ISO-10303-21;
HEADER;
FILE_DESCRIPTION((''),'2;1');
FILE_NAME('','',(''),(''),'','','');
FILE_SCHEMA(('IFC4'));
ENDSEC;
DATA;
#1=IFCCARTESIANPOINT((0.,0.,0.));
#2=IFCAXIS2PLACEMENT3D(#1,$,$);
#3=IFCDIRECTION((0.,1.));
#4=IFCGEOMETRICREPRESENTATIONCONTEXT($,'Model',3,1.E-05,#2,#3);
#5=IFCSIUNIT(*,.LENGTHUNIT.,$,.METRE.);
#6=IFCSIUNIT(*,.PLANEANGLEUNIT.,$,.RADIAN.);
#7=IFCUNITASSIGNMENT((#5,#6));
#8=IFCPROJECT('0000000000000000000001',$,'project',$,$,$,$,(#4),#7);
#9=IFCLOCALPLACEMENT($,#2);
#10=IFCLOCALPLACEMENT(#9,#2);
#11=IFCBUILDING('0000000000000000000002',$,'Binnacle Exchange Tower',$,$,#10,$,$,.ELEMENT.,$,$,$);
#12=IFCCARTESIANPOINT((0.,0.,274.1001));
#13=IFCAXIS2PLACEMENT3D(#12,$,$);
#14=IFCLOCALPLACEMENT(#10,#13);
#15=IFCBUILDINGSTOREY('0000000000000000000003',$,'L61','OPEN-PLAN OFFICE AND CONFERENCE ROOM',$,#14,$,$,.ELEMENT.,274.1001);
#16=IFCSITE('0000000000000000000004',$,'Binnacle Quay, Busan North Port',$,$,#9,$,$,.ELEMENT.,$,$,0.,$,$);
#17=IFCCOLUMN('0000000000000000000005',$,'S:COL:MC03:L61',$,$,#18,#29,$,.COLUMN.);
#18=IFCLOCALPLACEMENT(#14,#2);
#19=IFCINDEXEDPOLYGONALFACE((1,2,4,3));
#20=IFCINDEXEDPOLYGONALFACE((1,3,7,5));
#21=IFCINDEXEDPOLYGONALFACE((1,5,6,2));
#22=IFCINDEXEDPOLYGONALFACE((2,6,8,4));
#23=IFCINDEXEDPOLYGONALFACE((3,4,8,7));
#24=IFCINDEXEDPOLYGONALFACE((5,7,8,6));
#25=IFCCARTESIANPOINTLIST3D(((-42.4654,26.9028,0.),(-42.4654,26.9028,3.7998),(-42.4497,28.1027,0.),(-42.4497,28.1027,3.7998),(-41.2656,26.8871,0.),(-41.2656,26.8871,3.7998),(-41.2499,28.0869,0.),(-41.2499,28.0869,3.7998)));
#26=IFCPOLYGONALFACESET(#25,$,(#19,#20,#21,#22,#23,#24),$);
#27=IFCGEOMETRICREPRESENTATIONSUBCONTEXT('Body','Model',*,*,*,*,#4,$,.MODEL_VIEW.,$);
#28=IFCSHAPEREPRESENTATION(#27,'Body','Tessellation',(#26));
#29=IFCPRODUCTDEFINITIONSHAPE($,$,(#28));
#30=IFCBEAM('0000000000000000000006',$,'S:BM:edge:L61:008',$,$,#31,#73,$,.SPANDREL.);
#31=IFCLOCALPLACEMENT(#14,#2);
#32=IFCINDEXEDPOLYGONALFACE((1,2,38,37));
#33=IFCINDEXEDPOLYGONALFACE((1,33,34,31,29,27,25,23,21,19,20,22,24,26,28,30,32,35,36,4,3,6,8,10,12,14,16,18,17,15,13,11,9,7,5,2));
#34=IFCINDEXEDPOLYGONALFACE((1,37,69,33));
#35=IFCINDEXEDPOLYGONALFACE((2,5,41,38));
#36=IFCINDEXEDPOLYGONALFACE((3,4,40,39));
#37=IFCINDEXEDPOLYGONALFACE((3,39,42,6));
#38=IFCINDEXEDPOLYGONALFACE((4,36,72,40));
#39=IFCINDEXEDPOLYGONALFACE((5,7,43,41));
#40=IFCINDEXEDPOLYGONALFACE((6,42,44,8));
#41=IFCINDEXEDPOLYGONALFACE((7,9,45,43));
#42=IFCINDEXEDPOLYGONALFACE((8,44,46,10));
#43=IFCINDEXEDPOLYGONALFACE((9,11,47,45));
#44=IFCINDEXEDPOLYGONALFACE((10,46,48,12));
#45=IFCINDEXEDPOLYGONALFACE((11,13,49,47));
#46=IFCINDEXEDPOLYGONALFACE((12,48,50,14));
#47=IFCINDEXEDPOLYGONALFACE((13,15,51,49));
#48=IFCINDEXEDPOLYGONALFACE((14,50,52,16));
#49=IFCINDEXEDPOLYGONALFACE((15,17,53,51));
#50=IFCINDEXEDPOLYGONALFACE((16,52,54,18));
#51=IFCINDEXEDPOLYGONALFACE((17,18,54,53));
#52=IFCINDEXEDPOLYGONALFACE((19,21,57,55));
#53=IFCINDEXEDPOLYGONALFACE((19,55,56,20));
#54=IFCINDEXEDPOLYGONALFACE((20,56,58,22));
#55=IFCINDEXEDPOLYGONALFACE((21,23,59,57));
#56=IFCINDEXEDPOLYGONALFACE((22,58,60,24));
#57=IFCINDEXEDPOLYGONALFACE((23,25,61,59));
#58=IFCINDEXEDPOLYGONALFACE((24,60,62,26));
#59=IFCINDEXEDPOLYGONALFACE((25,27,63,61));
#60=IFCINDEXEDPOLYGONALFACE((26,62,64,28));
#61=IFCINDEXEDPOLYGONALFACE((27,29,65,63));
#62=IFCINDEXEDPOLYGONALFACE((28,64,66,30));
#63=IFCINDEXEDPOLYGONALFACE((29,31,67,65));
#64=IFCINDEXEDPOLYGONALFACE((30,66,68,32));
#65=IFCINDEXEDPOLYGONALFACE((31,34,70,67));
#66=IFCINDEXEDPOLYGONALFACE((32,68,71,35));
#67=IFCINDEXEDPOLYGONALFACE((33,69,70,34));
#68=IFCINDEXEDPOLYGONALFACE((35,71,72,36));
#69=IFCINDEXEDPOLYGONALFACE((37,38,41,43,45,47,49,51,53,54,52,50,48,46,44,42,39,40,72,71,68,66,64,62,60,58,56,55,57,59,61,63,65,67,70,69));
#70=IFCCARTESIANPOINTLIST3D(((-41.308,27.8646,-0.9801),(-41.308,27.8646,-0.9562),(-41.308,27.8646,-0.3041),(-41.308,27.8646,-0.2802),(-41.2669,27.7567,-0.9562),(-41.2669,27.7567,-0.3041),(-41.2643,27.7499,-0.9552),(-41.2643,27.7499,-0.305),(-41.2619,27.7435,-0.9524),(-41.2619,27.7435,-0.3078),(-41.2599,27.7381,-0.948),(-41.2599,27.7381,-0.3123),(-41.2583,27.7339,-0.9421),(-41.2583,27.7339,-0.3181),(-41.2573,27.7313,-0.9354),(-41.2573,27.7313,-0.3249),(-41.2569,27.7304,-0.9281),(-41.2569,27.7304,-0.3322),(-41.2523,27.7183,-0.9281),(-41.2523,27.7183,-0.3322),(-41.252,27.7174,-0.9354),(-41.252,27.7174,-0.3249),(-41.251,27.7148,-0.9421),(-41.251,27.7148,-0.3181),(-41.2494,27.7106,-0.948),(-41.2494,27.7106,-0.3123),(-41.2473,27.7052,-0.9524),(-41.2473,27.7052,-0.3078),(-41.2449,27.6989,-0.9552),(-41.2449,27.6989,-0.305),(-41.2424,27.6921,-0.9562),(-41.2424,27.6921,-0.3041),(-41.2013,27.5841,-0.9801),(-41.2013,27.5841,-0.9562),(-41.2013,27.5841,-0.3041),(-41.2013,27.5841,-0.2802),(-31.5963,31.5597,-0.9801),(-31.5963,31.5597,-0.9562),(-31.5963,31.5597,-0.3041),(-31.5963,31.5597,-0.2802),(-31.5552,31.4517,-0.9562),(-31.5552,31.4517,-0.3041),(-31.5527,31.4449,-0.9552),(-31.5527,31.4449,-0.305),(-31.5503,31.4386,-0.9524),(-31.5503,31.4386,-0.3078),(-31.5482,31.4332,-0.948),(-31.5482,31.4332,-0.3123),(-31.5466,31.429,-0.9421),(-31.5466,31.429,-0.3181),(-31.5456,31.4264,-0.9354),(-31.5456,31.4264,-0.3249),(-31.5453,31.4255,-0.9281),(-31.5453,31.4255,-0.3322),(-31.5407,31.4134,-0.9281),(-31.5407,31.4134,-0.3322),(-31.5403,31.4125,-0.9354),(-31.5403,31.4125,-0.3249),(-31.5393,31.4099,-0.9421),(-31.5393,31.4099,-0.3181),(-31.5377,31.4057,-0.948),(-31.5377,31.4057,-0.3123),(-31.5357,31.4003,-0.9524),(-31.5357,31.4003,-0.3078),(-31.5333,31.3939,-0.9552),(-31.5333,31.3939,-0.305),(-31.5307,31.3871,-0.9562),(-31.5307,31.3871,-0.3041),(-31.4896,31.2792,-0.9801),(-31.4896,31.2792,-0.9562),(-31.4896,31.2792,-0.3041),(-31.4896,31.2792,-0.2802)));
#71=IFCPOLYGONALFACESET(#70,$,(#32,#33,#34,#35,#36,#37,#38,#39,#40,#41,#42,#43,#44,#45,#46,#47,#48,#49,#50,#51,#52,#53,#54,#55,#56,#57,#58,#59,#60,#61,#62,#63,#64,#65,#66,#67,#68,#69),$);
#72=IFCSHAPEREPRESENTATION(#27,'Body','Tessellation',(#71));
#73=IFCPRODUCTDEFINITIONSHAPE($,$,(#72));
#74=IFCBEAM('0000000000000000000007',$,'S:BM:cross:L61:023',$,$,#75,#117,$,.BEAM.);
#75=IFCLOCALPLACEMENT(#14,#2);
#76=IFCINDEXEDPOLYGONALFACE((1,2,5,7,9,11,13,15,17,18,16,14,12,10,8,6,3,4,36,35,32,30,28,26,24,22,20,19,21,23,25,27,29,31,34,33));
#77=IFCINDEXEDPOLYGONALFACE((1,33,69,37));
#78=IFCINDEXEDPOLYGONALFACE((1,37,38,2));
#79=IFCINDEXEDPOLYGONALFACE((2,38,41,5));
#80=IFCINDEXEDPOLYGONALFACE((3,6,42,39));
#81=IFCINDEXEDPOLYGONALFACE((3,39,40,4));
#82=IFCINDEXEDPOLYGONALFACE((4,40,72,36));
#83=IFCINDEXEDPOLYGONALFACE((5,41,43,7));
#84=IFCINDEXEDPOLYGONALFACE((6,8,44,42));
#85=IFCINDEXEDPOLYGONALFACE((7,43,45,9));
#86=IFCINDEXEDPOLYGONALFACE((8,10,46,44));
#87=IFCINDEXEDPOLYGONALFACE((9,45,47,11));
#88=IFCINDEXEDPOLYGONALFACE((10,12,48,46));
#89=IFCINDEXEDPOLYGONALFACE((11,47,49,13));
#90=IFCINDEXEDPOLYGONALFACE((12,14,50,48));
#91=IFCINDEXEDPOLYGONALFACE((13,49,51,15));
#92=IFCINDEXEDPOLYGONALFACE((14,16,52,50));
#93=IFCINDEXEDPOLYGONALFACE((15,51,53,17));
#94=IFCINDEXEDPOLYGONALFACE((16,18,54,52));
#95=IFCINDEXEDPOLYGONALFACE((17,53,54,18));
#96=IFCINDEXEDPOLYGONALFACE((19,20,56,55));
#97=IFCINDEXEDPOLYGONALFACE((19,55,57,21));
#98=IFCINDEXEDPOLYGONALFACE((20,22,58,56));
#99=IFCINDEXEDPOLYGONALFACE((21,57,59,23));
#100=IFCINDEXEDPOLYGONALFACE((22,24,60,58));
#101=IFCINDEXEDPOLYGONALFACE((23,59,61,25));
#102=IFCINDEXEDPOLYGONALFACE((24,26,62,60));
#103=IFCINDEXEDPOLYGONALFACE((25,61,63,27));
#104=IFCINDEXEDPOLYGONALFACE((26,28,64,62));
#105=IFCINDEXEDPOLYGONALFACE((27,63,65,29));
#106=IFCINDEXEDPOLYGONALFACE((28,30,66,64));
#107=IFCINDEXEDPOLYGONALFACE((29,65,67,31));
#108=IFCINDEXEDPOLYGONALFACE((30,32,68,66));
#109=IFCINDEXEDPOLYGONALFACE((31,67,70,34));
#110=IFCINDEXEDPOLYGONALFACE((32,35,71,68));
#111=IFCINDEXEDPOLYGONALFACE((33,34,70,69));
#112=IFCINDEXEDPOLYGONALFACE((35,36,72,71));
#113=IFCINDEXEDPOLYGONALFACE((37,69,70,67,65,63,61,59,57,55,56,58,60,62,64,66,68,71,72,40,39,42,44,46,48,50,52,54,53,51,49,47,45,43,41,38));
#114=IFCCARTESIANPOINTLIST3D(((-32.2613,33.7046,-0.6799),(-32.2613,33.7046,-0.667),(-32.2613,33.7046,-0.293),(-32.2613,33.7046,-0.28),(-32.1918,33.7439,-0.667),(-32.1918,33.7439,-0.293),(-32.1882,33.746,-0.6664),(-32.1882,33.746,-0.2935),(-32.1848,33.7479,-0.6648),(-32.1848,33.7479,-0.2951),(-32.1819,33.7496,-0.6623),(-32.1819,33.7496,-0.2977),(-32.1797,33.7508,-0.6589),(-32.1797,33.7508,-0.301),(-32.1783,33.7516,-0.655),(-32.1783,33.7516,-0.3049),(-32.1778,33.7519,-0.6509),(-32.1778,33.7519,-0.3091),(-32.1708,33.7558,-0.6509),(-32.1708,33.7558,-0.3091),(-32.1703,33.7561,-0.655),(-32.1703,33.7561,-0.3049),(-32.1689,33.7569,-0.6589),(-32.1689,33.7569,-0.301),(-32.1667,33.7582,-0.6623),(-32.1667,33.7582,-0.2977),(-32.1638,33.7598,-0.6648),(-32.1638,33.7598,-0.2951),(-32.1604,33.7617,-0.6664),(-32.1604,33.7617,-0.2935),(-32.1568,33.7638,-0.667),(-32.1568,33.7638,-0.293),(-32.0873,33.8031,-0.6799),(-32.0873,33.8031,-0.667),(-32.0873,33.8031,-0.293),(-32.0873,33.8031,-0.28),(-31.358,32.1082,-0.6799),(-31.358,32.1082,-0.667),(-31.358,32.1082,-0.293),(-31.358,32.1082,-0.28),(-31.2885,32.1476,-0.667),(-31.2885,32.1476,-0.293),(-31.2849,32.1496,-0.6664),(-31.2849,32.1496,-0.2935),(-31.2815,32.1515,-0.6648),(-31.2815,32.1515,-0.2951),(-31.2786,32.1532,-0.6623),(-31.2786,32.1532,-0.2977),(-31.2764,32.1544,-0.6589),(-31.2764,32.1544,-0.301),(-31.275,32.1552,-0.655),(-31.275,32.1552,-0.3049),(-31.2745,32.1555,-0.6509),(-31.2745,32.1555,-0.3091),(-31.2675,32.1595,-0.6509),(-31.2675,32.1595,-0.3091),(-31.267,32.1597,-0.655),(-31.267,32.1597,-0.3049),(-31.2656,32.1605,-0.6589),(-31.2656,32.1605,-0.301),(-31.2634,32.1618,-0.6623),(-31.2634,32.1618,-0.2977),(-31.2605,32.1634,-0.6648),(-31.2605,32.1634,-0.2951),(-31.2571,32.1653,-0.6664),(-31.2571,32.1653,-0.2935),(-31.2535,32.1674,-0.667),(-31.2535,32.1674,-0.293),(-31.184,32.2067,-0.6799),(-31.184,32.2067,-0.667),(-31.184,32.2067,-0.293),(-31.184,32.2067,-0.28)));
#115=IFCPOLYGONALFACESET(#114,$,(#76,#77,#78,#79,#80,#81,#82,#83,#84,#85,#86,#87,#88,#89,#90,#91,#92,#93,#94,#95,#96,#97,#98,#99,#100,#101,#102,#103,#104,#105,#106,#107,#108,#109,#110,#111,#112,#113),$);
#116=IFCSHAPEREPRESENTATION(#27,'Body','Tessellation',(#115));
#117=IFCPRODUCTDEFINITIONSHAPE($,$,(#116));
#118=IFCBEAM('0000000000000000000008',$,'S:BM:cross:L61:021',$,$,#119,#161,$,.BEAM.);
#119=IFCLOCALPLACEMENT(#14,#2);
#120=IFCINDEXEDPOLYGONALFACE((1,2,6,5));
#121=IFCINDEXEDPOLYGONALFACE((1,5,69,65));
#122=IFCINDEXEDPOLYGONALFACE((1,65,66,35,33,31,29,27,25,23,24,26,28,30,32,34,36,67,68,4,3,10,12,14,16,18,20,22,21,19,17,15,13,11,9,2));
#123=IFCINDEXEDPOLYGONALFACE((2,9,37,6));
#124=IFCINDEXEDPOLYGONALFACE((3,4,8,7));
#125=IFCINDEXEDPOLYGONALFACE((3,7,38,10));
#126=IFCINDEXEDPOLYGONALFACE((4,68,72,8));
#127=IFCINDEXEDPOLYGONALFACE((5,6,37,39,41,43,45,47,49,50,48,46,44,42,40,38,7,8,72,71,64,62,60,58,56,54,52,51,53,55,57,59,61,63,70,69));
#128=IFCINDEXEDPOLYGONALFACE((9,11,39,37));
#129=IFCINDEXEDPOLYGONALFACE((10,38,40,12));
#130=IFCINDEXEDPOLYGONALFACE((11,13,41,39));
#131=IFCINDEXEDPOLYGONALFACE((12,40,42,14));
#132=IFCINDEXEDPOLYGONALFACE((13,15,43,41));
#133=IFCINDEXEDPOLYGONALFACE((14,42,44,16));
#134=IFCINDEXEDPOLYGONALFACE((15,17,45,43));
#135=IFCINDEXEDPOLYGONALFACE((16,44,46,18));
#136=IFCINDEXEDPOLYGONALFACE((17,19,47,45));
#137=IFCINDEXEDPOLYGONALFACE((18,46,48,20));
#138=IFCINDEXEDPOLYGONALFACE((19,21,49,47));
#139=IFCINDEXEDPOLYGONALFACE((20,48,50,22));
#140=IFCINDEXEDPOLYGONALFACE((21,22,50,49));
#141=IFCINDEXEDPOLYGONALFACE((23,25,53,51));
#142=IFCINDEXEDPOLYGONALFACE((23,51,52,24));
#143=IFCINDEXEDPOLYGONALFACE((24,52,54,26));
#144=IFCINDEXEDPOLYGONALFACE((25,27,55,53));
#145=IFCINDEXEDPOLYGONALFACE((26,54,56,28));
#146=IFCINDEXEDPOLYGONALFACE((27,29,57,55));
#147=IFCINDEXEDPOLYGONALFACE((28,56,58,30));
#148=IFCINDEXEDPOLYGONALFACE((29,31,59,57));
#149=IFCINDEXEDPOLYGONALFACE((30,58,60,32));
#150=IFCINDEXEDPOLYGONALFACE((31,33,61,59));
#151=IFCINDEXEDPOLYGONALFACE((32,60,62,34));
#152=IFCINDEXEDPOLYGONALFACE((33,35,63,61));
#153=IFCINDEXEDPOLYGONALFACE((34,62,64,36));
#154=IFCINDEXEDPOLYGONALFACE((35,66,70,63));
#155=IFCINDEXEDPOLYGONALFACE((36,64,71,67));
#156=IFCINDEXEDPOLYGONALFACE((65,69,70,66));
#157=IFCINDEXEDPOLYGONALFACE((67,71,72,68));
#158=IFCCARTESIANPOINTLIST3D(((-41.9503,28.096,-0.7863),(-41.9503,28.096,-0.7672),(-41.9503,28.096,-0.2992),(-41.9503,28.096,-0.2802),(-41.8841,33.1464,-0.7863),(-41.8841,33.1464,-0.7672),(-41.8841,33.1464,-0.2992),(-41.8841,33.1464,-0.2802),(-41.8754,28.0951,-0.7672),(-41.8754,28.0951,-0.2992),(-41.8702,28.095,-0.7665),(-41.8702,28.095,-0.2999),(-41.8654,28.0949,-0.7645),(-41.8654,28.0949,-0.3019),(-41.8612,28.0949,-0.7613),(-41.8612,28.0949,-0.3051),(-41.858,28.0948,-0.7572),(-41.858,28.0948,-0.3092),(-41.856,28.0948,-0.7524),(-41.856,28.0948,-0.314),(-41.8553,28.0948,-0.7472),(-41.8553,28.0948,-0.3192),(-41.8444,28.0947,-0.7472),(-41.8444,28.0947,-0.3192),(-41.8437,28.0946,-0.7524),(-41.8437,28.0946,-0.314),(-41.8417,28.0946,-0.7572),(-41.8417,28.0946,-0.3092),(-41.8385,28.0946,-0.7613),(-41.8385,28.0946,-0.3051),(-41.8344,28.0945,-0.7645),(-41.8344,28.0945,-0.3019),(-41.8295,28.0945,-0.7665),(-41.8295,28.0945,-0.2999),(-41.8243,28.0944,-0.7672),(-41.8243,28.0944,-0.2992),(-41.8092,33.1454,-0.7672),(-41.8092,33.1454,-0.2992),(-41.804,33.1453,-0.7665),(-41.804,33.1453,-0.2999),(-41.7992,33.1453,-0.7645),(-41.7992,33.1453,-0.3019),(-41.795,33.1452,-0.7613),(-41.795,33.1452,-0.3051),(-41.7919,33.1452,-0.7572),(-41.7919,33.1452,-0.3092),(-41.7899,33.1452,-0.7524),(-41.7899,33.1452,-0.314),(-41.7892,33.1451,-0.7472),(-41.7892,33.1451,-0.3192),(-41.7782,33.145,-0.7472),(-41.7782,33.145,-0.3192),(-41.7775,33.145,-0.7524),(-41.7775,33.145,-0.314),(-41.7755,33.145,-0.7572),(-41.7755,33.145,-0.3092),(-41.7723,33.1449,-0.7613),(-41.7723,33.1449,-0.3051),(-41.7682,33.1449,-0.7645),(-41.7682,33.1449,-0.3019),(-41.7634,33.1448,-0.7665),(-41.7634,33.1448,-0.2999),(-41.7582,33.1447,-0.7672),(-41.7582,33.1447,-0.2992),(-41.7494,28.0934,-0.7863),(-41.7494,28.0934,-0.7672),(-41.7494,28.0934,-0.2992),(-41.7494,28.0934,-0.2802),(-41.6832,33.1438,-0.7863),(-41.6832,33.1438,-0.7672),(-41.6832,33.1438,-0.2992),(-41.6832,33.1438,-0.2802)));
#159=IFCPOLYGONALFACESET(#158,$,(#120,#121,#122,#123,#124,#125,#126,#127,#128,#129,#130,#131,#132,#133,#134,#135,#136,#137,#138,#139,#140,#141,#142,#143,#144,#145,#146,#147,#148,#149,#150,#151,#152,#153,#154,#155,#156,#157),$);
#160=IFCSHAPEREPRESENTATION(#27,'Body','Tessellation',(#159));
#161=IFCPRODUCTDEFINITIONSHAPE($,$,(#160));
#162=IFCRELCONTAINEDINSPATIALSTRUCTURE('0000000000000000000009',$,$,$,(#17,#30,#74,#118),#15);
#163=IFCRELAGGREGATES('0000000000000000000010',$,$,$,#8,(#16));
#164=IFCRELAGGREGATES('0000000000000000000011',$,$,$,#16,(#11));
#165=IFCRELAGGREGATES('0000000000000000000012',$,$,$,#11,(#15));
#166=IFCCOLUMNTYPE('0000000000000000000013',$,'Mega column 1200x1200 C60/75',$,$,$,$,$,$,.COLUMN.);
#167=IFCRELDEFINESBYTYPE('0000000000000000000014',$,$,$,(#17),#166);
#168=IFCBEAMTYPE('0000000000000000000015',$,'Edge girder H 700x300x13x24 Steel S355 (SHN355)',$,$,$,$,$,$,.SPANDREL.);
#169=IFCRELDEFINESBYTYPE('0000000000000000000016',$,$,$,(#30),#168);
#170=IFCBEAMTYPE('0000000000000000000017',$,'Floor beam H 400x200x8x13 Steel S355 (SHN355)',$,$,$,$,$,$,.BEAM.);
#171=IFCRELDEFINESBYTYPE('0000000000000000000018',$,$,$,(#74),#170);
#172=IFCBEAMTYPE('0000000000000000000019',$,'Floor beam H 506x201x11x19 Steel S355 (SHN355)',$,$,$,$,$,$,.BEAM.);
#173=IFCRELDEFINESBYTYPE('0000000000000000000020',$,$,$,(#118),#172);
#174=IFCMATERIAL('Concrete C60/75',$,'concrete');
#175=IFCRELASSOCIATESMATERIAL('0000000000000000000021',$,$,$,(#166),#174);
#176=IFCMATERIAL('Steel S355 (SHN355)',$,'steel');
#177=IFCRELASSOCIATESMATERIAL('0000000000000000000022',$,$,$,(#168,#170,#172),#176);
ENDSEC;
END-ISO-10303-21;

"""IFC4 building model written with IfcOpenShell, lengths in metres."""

from ifc_helpers import new_model, si_unit, direction, frame, origin, origin_2d, place, context, subcontext, project, spatial, rectangle, i_section, extrude, material, material_profile, profile_set, type_object, element, save


model = new_model("IFC4")

# Units and contexts
model_context = context("Model", 3, precision=1e-05, world=origin(), true_north=direction((0.0, 1.0)))
body_context = subcontext(model_context, "Body", "Model", "MODEL_VIEW")
ifc_project = project(units=[si_unit("LENGTHUNIT", "METRE"), si_unit("PLANEANGLEUNIT", "RADIAN")], contexts=[model_context])

# Site, building, storey
site_placement = place(None, origin())
site = spatial("IfcSite", under=ifc_project, at=site_placement, Name="Binnacle Quay, Busan North Port", CompositionType="ELEMENT", RefElevation=0.0)
building_placement = place(site_placement, origin())
building = spatial("IfcBuilding", under=site, at=building_placement, Name="Binnacle Exchange Tower", CompositionType="ELEMENT")
storey_placement = place(building_placement, frame((0.0, 0.0, 274.1001)))
storey = spatial("IfcBuildingStorey", under=building, at=storey_placement, Name="L61", Description="OPEN-PLAN OFFICE AND CONFERENCE ROOM", CompositionType="ELEMENT", Elevation=274.1001)

# Column
ifc_material_1 = material(Name="Concrete C60/75", Category="concrete")
ifc_material_profile_1 = material_profile(ifc_material_1, rectangle(XDim=1.2, YDim=1.2, at=origin_2d()), Name="Mega column 1200x1200 C60/75")
ifc_profile_set_1 = profile_set([ifc_material_profile_1], Name="Concrete C60/75")
column_type = type_object("IfcColumnType", Name="Mega column 1200x1200 C60/75", PredefinedType="COLUMN", material=ifc_profile_set_1)
column_placement = place(storey_placement, frame((-41.8577, 27.4949, 0.0), z_axis=(0.0, 0.0, 1.0), x_axis=(0.999914, -0.01309, 0.0)))
element("IfcColumn", 1, at=column_placement, inside=storey, type_object=column_type, Name="S:COL:MC03:L61", PredefinedType="COLUMN", context=body_context, shape_type="SweptSolid", body=[
    extrude(rectangle(XDim=1.2, YDim=1.2, at=origin_2d()), origin(), (0.0, 0.0, 1.0), 3.7998),
])

# Beams
ifc_material_2 = material(Name="Steel S355 (SHN355)", Category="steel")
ifc_material_profile_2 = material_profile(ifc_material_2, i_section(OverallWidth=0.3, OverallDepth=0.7, WebThickness=0.0129, FlangeThickness=0.0239, FilletRadius=0.0281, at=origin_2d()), Name="H 700x300x13x24")
ifc_profile_set_2 = profile_set([ifc_material_profile_2], Name="Steel S355 (SHN355)")
beam_type_1 = type_object("IfcBeamType", Name="Edge girder H 700x300x13x24 Steel S355 (SHN355)", PredefinedType="SPANDREL", material=ifc_profile_set_2)
beam_1_placement = place(storey_placement, frame((-41.2546, 27.7244, -0.6301), z_axis=(0.934635, 0.355607, 0.0), x_axis=(-0.355607, 0.934635, 0.0)))
element("IfcBeam", 2, at=beam_1_placement, inside=storey, type_object=beam_type_1, Name="S:BM:edge:L61:008", PredefinedType="SPANDREL", context=body_context, shape_type="SweptSolid", body=[
    extrude(i_section(OverallWidth=0.3, OverallDepth=0.7, WebThickness=0.0129, FlangeThickness=0.0239, FilletRadius=0.0281, at=origin_2d()), origin(), (0.0, 0.0, 1.0), 10.3909),
])
ifc_material_profile_3 = material_profile(ifc_material_2, i_section(OverallWidth=0.2, OverallDepth=0.3999, WebThickness=0.0081, FlangeThickness=0.0129, FilletRadius=0.0161, at=origin_2d()), Name="H 400x200x8x13")
ifc_profile_set_3 = profile_set([ifc_material_profile_3], Name="Steel S355 (SHN355)")
beam_type_2 = type_object("IfcBeamType", Name="Floor beam H 400x200x8x13 Steel S355 (SHN355)", PredefinedType="BEAM", material=ifc_profile_set_3)
beam_2_placement = place(storey_placement, frame((-31.271, 32.1575, -0.48), z_axis=(-0.492465, 0.870332, 0.0), x_axis=(-0.870332, -0.492465, 0.0)))
element("IfcBeam", 3, at=beam_2_placement, inside=storey, type_object=beam_type_2, Name="S:BM:cross:L61:023", PredefinedType="BEAM", context=body_context, shape_type="SweptSolid", body=[
    extrude(i_section(OverallWidth=0.2, OverallDepth=0.3999, WebThickness=0.0081, FlangeThickness=0.0129, FilletRadius=0.0161, at=origin_2d()), origin(), (0.0, 0.0, 1.0), 1.8342),
])
ifc_material_profile_4 = material_profile(ifc_material_2, i_section(OverallWidth=0.2009, OverallDepth=0.5061, WebThickness=0.011, FlangeThickness=0.019, FilletRadius=0.02, at=origin_2d()), Name="H 506x201x11x19")
ifc_profile_set_4 = profile_set([ifc_material_profile_4], Name="Steel S355 (SHN355)")
beam_type_3 = type_object("IfcBeamType", Name="Floor beam H 506x201x11x19 Steel S355 (SHN355)", PredefinedType="BEAM", material=ifc_profile_set_4)
beam_3_placement = place(storey_placement, frame((-41.8499, 28.0947, -0.5332), z_axis=(0.0131, 0.999914, 0.0), x_axis=(-0.999914, 0.0131, 0.0)))
element("IfcBeam", 4, at=beam_3_placement, inside=storey, type_object=beam_type_3, Name="S:BM:cross:L61:021", PredefinedType="BEAM", context=body_context, shape_type="SweptSolid", body=[
    extrude(i_section(OverallWidth=0.2009, OverallDepth=0.5061, WebThickness=0.011, FlangeThickness=0.019, FilletRadius=0.02, at=origin_2d()), origin(), (0.0, 0.0, 1.0), 5.0508),
])

save(model, "model.ifc")
